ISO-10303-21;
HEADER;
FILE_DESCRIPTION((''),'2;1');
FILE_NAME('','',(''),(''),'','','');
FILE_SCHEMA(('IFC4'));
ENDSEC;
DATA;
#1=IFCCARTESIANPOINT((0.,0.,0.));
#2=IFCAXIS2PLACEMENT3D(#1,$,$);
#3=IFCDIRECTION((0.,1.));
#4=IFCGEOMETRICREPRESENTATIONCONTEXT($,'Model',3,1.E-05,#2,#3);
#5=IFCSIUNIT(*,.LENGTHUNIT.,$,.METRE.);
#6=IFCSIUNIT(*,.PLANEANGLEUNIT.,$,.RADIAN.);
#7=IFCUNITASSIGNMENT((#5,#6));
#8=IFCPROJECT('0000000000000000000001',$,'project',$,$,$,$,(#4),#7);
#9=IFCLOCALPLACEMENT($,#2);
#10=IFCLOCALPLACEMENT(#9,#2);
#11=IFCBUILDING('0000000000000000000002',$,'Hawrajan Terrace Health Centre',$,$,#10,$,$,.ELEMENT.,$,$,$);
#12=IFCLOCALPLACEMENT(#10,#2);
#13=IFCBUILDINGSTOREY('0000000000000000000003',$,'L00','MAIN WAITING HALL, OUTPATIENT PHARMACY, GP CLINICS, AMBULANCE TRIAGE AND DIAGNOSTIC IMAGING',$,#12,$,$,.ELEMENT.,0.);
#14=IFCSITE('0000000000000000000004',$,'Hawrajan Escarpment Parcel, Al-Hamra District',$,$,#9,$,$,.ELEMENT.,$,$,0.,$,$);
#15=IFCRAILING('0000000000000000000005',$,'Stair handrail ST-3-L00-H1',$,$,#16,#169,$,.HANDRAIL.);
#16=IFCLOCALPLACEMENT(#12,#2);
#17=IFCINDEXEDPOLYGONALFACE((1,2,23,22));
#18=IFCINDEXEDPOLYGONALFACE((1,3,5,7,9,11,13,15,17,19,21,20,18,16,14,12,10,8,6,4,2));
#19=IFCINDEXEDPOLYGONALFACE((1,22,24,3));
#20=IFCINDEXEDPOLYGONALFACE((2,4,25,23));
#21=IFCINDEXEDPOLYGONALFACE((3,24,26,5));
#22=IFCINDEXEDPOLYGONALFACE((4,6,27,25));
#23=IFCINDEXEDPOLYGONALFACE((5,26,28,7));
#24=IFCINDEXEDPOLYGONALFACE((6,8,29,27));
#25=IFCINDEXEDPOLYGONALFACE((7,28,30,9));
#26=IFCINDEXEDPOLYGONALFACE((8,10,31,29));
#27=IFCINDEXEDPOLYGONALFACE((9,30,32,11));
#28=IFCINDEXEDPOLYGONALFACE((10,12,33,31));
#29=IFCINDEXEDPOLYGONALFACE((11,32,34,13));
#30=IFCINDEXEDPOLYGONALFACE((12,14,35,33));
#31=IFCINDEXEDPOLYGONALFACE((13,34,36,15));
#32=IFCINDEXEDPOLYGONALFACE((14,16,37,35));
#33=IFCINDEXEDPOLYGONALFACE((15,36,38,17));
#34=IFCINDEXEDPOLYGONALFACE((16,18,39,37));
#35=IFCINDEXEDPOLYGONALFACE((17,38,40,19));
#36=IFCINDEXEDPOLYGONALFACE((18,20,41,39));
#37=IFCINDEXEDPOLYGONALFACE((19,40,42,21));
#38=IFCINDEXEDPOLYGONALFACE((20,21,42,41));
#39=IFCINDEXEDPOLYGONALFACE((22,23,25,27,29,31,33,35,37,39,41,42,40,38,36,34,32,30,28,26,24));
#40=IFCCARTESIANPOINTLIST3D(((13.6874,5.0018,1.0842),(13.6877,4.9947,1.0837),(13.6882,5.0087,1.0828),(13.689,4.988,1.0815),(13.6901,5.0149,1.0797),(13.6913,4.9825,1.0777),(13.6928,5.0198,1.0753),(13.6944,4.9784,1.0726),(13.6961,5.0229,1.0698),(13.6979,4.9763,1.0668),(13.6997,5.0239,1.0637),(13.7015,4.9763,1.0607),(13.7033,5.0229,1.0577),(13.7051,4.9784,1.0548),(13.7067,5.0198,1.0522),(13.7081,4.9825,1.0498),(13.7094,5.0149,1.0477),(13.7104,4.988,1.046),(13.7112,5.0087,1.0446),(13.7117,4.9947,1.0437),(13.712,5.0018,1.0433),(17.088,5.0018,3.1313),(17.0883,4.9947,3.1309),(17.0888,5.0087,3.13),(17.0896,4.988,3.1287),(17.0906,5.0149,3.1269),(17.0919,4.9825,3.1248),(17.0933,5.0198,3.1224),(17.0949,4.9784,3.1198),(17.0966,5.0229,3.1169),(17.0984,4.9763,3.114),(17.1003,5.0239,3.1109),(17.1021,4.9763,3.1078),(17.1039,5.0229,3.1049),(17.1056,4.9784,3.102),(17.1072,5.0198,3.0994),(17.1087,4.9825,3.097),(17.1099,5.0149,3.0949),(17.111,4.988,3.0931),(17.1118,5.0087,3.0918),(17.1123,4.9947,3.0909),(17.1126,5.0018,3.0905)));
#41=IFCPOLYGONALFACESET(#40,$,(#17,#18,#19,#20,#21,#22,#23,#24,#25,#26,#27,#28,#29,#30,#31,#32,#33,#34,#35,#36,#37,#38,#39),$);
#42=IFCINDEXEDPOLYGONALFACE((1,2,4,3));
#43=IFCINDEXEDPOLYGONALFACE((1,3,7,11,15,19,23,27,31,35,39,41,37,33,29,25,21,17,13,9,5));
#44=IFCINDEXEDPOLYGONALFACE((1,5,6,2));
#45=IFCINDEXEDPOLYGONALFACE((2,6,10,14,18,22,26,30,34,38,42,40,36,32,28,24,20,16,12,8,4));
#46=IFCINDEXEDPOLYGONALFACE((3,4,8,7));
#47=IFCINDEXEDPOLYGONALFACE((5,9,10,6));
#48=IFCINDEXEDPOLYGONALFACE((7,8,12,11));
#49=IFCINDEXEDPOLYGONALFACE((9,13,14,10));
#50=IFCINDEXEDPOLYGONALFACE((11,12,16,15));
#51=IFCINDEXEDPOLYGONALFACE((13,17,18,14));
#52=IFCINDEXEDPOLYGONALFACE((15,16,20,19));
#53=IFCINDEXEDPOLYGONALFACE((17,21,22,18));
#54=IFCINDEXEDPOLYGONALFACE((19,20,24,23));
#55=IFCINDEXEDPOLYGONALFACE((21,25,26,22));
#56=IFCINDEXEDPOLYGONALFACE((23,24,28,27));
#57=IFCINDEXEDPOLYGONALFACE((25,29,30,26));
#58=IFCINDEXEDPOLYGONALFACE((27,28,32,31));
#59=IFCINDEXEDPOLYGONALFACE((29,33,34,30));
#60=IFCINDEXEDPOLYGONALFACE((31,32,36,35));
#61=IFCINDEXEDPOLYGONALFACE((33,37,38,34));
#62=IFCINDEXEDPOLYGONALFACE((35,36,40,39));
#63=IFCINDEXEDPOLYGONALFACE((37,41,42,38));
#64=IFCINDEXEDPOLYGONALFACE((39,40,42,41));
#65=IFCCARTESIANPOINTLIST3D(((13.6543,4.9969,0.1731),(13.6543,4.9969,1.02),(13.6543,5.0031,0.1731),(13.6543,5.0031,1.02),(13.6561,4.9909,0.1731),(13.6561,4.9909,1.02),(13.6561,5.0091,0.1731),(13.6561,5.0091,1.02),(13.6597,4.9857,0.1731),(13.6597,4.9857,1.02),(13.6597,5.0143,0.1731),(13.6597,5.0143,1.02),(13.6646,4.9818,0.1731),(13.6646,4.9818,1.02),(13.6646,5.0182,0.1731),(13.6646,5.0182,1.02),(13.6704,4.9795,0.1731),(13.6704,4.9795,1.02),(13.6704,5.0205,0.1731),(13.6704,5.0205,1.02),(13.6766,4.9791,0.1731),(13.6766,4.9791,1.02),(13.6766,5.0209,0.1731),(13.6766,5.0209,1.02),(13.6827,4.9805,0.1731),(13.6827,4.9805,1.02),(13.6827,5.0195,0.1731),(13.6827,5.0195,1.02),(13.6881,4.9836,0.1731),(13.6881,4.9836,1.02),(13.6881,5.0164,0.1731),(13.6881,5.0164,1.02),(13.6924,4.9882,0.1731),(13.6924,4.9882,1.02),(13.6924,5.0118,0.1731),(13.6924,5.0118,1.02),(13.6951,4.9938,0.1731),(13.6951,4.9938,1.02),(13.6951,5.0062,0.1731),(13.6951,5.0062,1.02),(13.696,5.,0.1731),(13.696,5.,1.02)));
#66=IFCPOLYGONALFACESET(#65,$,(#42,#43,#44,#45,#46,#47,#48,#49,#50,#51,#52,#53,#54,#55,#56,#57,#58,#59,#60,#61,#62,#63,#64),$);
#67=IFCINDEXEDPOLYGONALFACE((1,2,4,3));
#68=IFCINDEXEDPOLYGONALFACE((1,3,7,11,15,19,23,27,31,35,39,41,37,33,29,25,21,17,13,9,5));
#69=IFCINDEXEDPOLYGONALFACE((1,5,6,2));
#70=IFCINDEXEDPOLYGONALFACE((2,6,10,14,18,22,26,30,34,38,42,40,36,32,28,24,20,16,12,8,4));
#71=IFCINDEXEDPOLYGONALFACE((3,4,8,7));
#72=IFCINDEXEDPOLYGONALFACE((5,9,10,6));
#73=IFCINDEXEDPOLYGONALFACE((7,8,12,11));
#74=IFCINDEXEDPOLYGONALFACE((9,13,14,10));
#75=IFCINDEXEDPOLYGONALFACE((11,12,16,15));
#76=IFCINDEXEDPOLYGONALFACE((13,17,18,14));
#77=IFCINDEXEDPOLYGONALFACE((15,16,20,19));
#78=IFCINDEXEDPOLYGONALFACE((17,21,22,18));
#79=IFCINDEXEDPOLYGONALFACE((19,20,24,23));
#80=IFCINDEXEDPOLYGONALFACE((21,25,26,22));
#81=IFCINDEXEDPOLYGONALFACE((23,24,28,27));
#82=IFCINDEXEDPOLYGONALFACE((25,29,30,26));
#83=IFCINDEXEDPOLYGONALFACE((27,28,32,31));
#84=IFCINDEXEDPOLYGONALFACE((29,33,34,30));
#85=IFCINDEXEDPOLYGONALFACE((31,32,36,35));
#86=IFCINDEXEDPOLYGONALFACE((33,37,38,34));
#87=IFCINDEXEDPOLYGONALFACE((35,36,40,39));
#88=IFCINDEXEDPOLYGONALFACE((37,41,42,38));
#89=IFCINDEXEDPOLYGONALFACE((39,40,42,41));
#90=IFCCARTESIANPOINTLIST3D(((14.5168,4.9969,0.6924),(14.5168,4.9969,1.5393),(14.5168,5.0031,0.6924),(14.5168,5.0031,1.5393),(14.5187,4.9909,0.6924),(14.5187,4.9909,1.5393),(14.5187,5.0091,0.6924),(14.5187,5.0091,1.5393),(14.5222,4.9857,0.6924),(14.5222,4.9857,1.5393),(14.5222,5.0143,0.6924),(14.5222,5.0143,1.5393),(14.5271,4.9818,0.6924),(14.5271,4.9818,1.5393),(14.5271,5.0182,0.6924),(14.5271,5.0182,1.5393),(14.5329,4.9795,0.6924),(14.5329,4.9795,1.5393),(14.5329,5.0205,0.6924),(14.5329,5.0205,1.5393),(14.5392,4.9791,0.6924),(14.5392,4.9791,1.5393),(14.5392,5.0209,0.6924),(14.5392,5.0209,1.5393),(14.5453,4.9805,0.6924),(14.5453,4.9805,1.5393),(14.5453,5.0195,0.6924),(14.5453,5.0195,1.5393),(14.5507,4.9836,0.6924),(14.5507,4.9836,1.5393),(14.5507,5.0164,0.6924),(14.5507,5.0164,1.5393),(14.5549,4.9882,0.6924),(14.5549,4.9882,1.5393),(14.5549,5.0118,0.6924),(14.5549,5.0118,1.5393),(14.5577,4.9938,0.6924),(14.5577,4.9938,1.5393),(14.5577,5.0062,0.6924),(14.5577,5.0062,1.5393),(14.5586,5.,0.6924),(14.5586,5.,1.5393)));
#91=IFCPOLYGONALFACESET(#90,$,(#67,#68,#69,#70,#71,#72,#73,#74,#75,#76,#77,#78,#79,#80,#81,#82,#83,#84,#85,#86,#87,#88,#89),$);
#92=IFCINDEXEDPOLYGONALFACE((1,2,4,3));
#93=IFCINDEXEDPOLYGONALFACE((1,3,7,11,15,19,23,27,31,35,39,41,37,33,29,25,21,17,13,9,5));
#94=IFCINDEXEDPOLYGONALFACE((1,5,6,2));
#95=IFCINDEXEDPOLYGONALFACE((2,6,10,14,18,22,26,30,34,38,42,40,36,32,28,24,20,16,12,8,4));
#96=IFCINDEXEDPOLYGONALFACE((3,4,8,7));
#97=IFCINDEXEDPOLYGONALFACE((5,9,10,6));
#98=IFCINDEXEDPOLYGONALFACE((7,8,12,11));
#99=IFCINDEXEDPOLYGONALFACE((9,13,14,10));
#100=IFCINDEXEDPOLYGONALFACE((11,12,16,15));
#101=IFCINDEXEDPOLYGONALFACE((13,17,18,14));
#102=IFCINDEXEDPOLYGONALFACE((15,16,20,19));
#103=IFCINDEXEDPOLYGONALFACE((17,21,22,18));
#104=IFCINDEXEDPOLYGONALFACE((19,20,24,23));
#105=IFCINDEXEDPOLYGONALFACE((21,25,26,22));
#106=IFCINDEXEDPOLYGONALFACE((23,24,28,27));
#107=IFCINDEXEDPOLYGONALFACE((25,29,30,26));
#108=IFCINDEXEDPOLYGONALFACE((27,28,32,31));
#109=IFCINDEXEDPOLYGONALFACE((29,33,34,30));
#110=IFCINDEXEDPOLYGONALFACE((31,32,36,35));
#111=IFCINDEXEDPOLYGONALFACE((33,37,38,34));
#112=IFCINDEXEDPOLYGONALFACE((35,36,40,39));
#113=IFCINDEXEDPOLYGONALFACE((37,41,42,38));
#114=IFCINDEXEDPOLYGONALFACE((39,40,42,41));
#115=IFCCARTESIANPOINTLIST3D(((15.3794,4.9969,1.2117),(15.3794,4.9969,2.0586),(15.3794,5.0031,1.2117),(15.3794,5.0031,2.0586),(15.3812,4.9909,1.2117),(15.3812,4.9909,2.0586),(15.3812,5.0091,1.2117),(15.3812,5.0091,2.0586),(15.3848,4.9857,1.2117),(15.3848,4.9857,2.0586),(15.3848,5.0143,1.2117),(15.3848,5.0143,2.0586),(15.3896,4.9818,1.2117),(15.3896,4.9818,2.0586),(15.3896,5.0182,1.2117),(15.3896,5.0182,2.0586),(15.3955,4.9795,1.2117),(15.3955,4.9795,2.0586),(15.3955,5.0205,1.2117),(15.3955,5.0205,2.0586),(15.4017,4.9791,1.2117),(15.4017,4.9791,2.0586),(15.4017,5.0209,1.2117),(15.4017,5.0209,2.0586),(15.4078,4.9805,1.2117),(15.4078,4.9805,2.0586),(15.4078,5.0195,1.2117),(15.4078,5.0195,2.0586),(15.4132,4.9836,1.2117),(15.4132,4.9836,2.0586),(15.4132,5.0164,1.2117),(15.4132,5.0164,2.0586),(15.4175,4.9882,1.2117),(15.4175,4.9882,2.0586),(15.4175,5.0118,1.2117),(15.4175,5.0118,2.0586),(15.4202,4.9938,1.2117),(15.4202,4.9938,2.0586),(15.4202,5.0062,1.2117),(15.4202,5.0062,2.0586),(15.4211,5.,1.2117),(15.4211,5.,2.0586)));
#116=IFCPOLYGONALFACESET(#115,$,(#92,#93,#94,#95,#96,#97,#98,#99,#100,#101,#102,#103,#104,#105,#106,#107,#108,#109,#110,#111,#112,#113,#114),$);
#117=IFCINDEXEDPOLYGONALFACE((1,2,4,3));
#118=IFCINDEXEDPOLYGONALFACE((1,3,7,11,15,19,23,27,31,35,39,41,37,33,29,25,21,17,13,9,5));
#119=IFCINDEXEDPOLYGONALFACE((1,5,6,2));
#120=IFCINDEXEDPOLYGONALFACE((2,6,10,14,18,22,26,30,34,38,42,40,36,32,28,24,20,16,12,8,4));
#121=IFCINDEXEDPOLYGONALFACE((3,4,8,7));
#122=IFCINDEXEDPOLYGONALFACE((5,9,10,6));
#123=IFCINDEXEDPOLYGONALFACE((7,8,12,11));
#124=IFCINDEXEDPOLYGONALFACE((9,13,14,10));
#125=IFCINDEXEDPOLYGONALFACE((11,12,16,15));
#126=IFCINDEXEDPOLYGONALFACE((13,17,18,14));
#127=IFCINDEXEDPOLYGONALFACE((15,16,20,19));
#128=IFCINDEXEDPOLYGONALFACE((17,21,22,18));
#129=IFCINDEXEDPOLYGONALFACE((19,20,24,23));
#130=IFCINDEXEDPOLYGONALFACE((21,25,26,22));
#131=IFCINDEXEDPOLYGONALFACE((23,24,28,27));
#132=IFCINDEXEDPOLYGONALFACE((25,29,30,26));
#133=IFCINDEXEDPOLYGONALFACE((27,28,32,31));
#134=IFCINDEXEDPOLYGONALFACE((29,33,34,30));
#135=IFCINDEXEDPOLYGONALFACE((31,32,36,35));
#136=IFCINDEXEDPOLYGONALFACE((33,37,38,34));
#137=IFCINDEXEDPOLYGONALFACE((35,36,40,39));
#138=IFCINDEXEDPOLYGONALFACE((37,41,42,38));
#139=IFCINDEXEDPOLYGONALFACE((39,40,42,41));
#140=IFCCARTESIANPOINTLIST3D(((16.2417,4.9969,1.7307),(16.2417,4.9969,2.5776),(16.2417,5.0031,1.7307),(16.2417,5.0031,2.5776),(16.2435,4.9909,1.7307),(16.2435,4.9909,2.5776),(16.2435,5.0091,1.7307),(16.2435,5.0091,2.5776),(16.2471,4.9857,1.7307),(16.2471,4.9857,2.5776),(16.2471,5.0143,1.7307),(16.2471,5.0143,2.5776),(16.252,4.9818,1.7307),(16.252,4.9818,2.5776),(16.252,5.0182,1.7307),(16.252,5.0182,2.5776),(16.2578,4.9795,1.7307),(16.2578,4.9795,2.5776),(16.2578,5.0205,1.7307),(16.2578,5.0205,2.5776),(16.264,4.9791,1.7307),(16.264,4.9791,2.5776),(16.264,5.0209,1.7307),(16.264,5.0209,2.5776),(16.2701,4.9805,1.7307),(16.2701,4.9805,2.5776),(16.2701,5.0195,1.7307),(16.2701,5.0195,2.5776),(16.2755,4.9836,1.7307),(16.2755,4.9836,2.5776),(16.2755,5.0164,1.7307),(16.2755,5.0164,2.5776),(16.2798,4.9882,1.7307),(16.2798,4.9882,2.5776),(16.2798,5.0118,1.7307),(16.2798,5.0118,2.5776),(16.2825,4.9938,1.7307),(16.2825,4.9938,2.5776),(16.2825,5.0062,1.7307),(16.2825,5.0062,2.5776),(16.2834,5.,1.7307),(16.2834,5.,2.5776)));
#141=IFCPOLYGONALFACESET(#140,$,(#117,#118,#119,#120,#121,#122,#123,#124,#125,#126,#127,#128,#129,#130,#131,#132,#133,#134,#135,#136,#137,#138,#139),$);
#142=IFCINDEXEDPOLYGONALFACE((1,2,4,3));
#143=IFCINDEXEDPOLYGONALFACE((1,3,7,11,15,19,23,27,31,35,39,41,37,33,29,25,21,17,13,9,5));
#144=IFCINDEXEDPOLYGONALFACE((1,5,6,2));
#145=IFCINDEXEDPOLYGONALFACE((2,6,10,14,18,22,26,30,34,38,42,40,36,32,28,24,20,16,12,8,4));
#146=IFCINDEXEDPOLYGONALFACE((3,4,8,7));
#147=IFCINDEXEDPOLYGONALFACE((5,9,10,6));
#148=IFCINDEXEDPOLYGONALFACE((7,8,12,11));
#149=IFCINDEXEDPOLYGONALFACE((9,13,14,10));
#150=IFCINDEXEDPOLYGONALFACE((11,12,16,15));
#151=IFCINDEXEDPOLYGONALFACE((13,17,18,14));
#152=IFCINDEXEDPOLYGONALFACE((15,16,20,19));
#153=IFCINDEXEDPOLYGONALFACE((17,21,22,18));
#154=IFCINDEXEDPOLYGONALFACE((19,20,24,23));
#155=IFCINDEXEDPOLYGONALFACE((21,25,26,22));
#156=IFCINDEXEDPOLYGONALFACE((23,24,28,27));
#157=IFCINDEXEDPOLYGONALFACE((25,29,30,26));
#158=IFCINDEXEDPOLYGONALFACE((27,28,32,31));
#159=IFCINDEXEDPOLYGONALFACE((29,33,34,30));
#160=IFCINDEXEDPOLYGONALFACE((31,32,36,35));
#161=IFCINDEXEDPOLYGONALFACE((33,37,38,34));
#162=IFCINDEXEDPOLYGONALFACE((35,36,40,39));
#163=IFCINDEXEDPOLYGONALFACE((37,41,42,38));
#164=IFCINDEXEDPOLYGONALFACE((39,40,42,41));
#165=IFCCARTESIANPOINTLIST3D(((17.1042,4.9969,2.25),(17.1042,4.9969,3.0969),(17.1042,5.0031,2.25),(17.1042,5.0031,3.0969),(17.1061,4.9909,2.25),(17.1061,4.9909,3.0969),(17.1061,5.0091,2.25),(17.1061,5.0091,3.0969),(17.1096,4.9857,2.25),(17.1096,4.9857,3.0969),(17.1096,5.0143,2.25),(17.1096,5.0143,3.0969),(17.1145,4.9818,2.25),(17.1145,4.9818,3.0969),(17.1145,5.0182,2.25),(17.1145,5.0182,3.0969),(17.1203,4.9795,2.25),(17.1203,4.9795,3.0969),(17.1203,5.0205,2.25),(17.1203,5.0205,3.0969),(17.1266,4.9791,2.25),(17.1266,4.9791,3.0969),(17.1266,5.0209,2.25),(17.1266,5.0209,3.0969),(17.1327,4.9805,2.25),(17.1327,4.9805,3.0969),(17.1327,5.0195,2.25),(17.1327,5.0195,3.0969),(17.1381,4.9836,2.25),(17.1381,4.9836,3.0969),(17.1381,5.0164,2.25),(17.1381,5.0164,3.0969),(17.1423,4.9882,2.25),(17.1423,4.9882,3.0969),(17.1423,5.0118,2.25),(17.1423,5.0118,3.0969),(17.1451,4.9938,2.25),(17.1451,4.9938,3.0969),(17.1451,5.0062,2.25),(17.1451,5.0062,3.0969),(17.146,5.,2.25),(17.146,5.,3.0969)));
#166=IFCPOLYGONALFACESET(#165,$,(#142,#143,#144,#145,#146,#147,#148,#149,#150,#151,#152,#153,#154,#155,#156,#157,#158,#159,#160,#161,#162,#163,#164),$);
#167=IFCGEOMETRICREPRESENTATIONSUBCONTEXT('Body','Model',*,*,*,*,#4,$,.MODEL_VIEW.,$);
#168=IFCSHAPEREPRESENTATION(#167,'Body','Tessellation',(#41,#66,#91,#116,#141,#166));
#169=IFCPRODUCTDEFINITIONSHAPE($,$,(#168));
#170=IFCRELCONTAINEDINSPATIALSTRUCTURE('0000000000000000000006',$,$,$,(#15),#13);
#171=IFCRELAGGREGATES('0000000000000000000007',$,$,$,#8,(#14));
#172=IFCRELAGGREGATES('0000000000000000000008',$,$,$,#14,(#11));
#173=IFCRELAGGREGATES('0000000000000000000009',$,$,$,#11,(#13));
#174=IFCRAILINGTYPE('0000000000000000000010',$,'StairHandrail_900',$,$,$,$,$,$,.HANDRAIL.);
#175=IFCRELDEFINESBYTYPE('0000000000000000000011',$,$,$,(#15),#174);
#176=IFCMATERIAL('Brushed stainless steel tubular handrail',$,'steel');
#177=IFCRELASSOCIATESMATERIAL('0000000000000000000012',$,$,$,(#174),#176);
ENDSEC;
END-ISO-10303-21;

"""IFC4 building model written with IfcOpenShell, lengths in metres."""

from ifc_helpers import new_model, si_unit, direction, frame, origin, origin_2d, place, context, subcontext, project, spatial, circle, extrude, material, type_object, element, save


model = new_model("IFC4")

# Units and contexts
model_context = context("Model", 3, precision=1e-05, world=origin(), true_north=direction((0.0, 1.0)))
body_context = subcontext(model_context, "Body", "Model", "MODEL_VIEW")
ifc_project = project(units=[si_unit("LENGTHUNIT", "METRE"), si_unit("PLANEANGLEUNIT", "RADIAN")], contexts=[model_context])

# Site, building, storey
site_placement = place(None, origin())
site = spatial("IfcSite", under=ifc_project, at=site_placement, Name="Hawrajan Escarpment Parcel, Al-Hamra District", CompositionType="ELEMENT", RefElevation=0.0)
building_placement = place(site_placement, origin())
building = spatial("IfcBuilding", under=site, at=building_placement, Name="Hawrajan Terrace Health Centre", CompositionType="ELEMENT")
storey_placement = place(building_placement, origin())
storey = spatial("IfcBuildingStorey", under=building, at=storey_placement, Name="L00", Description="MAIN WAITING HALL, OUTPATIENT PHARMACY, GP CLINICS, AMBULANCE TRIAGE AND DIAGNOSTIC IMAGING", CompositionType="ELEMENT", Elevation=0.0)

# Railing
ifc_material_1 = material(Name="Brushed stainless steel tubular handrail", Category="steel")
railing_type = type_object("IfcRailingType", Name="StairHandrail_900", PredefinedType="HANDRAIL", material=ifc_material_1)
railing_placement = place(storey_placement, frame((13.675, 5.0, 0.1731)))
element("IfcRailing", 1, at=railing_placement, inside=storey, type_object=railing_type, Name="Stair handrail ST-3-L00-H1", PredefinedType="HANDRAIL", context=body_context, shape_type="SweptSolid", body=[
    extrude(circle(Radius=0.0239, at=origin_2d()), frame((0.0247, 0.0, 0.8906), z_axis=(0.856732, 0.0, 0.515761), x_axis=(0.0, 1.0, 0.0)), (0.0, 0.0, 1.0), 3.9692),
    extrude(circle(Radius=0.021, at=origin_2d()), origin(), (0.0, 0.0, 1.0), 0.8469),
    extrude(circle(Radius=0.021, at=origin_2d()), frame((0.8625, 0.0, 0.5193)), (0.0, 0.0, 1.0), 0.8469),
    extrude(circle(Radius=0.021, at=origin_2d()), frame((1.7251, 0.0, 1.0386)), (0.0, 0.0, 1.0), 0.8469),
    extrude(circle(Radius=0.021, at=origin_2d()), frame((2.5874, 0.0, 1.5576)), (0.0, 0.0, 1.0), 0.8469),
    extrude(circle(Radius=0.021, at=origin_2d()), frame((3.45, 0.0, 2.0769)), (0.0, 0.0, 1.0), 0.8469),
])

save(model, "model.ifc")
